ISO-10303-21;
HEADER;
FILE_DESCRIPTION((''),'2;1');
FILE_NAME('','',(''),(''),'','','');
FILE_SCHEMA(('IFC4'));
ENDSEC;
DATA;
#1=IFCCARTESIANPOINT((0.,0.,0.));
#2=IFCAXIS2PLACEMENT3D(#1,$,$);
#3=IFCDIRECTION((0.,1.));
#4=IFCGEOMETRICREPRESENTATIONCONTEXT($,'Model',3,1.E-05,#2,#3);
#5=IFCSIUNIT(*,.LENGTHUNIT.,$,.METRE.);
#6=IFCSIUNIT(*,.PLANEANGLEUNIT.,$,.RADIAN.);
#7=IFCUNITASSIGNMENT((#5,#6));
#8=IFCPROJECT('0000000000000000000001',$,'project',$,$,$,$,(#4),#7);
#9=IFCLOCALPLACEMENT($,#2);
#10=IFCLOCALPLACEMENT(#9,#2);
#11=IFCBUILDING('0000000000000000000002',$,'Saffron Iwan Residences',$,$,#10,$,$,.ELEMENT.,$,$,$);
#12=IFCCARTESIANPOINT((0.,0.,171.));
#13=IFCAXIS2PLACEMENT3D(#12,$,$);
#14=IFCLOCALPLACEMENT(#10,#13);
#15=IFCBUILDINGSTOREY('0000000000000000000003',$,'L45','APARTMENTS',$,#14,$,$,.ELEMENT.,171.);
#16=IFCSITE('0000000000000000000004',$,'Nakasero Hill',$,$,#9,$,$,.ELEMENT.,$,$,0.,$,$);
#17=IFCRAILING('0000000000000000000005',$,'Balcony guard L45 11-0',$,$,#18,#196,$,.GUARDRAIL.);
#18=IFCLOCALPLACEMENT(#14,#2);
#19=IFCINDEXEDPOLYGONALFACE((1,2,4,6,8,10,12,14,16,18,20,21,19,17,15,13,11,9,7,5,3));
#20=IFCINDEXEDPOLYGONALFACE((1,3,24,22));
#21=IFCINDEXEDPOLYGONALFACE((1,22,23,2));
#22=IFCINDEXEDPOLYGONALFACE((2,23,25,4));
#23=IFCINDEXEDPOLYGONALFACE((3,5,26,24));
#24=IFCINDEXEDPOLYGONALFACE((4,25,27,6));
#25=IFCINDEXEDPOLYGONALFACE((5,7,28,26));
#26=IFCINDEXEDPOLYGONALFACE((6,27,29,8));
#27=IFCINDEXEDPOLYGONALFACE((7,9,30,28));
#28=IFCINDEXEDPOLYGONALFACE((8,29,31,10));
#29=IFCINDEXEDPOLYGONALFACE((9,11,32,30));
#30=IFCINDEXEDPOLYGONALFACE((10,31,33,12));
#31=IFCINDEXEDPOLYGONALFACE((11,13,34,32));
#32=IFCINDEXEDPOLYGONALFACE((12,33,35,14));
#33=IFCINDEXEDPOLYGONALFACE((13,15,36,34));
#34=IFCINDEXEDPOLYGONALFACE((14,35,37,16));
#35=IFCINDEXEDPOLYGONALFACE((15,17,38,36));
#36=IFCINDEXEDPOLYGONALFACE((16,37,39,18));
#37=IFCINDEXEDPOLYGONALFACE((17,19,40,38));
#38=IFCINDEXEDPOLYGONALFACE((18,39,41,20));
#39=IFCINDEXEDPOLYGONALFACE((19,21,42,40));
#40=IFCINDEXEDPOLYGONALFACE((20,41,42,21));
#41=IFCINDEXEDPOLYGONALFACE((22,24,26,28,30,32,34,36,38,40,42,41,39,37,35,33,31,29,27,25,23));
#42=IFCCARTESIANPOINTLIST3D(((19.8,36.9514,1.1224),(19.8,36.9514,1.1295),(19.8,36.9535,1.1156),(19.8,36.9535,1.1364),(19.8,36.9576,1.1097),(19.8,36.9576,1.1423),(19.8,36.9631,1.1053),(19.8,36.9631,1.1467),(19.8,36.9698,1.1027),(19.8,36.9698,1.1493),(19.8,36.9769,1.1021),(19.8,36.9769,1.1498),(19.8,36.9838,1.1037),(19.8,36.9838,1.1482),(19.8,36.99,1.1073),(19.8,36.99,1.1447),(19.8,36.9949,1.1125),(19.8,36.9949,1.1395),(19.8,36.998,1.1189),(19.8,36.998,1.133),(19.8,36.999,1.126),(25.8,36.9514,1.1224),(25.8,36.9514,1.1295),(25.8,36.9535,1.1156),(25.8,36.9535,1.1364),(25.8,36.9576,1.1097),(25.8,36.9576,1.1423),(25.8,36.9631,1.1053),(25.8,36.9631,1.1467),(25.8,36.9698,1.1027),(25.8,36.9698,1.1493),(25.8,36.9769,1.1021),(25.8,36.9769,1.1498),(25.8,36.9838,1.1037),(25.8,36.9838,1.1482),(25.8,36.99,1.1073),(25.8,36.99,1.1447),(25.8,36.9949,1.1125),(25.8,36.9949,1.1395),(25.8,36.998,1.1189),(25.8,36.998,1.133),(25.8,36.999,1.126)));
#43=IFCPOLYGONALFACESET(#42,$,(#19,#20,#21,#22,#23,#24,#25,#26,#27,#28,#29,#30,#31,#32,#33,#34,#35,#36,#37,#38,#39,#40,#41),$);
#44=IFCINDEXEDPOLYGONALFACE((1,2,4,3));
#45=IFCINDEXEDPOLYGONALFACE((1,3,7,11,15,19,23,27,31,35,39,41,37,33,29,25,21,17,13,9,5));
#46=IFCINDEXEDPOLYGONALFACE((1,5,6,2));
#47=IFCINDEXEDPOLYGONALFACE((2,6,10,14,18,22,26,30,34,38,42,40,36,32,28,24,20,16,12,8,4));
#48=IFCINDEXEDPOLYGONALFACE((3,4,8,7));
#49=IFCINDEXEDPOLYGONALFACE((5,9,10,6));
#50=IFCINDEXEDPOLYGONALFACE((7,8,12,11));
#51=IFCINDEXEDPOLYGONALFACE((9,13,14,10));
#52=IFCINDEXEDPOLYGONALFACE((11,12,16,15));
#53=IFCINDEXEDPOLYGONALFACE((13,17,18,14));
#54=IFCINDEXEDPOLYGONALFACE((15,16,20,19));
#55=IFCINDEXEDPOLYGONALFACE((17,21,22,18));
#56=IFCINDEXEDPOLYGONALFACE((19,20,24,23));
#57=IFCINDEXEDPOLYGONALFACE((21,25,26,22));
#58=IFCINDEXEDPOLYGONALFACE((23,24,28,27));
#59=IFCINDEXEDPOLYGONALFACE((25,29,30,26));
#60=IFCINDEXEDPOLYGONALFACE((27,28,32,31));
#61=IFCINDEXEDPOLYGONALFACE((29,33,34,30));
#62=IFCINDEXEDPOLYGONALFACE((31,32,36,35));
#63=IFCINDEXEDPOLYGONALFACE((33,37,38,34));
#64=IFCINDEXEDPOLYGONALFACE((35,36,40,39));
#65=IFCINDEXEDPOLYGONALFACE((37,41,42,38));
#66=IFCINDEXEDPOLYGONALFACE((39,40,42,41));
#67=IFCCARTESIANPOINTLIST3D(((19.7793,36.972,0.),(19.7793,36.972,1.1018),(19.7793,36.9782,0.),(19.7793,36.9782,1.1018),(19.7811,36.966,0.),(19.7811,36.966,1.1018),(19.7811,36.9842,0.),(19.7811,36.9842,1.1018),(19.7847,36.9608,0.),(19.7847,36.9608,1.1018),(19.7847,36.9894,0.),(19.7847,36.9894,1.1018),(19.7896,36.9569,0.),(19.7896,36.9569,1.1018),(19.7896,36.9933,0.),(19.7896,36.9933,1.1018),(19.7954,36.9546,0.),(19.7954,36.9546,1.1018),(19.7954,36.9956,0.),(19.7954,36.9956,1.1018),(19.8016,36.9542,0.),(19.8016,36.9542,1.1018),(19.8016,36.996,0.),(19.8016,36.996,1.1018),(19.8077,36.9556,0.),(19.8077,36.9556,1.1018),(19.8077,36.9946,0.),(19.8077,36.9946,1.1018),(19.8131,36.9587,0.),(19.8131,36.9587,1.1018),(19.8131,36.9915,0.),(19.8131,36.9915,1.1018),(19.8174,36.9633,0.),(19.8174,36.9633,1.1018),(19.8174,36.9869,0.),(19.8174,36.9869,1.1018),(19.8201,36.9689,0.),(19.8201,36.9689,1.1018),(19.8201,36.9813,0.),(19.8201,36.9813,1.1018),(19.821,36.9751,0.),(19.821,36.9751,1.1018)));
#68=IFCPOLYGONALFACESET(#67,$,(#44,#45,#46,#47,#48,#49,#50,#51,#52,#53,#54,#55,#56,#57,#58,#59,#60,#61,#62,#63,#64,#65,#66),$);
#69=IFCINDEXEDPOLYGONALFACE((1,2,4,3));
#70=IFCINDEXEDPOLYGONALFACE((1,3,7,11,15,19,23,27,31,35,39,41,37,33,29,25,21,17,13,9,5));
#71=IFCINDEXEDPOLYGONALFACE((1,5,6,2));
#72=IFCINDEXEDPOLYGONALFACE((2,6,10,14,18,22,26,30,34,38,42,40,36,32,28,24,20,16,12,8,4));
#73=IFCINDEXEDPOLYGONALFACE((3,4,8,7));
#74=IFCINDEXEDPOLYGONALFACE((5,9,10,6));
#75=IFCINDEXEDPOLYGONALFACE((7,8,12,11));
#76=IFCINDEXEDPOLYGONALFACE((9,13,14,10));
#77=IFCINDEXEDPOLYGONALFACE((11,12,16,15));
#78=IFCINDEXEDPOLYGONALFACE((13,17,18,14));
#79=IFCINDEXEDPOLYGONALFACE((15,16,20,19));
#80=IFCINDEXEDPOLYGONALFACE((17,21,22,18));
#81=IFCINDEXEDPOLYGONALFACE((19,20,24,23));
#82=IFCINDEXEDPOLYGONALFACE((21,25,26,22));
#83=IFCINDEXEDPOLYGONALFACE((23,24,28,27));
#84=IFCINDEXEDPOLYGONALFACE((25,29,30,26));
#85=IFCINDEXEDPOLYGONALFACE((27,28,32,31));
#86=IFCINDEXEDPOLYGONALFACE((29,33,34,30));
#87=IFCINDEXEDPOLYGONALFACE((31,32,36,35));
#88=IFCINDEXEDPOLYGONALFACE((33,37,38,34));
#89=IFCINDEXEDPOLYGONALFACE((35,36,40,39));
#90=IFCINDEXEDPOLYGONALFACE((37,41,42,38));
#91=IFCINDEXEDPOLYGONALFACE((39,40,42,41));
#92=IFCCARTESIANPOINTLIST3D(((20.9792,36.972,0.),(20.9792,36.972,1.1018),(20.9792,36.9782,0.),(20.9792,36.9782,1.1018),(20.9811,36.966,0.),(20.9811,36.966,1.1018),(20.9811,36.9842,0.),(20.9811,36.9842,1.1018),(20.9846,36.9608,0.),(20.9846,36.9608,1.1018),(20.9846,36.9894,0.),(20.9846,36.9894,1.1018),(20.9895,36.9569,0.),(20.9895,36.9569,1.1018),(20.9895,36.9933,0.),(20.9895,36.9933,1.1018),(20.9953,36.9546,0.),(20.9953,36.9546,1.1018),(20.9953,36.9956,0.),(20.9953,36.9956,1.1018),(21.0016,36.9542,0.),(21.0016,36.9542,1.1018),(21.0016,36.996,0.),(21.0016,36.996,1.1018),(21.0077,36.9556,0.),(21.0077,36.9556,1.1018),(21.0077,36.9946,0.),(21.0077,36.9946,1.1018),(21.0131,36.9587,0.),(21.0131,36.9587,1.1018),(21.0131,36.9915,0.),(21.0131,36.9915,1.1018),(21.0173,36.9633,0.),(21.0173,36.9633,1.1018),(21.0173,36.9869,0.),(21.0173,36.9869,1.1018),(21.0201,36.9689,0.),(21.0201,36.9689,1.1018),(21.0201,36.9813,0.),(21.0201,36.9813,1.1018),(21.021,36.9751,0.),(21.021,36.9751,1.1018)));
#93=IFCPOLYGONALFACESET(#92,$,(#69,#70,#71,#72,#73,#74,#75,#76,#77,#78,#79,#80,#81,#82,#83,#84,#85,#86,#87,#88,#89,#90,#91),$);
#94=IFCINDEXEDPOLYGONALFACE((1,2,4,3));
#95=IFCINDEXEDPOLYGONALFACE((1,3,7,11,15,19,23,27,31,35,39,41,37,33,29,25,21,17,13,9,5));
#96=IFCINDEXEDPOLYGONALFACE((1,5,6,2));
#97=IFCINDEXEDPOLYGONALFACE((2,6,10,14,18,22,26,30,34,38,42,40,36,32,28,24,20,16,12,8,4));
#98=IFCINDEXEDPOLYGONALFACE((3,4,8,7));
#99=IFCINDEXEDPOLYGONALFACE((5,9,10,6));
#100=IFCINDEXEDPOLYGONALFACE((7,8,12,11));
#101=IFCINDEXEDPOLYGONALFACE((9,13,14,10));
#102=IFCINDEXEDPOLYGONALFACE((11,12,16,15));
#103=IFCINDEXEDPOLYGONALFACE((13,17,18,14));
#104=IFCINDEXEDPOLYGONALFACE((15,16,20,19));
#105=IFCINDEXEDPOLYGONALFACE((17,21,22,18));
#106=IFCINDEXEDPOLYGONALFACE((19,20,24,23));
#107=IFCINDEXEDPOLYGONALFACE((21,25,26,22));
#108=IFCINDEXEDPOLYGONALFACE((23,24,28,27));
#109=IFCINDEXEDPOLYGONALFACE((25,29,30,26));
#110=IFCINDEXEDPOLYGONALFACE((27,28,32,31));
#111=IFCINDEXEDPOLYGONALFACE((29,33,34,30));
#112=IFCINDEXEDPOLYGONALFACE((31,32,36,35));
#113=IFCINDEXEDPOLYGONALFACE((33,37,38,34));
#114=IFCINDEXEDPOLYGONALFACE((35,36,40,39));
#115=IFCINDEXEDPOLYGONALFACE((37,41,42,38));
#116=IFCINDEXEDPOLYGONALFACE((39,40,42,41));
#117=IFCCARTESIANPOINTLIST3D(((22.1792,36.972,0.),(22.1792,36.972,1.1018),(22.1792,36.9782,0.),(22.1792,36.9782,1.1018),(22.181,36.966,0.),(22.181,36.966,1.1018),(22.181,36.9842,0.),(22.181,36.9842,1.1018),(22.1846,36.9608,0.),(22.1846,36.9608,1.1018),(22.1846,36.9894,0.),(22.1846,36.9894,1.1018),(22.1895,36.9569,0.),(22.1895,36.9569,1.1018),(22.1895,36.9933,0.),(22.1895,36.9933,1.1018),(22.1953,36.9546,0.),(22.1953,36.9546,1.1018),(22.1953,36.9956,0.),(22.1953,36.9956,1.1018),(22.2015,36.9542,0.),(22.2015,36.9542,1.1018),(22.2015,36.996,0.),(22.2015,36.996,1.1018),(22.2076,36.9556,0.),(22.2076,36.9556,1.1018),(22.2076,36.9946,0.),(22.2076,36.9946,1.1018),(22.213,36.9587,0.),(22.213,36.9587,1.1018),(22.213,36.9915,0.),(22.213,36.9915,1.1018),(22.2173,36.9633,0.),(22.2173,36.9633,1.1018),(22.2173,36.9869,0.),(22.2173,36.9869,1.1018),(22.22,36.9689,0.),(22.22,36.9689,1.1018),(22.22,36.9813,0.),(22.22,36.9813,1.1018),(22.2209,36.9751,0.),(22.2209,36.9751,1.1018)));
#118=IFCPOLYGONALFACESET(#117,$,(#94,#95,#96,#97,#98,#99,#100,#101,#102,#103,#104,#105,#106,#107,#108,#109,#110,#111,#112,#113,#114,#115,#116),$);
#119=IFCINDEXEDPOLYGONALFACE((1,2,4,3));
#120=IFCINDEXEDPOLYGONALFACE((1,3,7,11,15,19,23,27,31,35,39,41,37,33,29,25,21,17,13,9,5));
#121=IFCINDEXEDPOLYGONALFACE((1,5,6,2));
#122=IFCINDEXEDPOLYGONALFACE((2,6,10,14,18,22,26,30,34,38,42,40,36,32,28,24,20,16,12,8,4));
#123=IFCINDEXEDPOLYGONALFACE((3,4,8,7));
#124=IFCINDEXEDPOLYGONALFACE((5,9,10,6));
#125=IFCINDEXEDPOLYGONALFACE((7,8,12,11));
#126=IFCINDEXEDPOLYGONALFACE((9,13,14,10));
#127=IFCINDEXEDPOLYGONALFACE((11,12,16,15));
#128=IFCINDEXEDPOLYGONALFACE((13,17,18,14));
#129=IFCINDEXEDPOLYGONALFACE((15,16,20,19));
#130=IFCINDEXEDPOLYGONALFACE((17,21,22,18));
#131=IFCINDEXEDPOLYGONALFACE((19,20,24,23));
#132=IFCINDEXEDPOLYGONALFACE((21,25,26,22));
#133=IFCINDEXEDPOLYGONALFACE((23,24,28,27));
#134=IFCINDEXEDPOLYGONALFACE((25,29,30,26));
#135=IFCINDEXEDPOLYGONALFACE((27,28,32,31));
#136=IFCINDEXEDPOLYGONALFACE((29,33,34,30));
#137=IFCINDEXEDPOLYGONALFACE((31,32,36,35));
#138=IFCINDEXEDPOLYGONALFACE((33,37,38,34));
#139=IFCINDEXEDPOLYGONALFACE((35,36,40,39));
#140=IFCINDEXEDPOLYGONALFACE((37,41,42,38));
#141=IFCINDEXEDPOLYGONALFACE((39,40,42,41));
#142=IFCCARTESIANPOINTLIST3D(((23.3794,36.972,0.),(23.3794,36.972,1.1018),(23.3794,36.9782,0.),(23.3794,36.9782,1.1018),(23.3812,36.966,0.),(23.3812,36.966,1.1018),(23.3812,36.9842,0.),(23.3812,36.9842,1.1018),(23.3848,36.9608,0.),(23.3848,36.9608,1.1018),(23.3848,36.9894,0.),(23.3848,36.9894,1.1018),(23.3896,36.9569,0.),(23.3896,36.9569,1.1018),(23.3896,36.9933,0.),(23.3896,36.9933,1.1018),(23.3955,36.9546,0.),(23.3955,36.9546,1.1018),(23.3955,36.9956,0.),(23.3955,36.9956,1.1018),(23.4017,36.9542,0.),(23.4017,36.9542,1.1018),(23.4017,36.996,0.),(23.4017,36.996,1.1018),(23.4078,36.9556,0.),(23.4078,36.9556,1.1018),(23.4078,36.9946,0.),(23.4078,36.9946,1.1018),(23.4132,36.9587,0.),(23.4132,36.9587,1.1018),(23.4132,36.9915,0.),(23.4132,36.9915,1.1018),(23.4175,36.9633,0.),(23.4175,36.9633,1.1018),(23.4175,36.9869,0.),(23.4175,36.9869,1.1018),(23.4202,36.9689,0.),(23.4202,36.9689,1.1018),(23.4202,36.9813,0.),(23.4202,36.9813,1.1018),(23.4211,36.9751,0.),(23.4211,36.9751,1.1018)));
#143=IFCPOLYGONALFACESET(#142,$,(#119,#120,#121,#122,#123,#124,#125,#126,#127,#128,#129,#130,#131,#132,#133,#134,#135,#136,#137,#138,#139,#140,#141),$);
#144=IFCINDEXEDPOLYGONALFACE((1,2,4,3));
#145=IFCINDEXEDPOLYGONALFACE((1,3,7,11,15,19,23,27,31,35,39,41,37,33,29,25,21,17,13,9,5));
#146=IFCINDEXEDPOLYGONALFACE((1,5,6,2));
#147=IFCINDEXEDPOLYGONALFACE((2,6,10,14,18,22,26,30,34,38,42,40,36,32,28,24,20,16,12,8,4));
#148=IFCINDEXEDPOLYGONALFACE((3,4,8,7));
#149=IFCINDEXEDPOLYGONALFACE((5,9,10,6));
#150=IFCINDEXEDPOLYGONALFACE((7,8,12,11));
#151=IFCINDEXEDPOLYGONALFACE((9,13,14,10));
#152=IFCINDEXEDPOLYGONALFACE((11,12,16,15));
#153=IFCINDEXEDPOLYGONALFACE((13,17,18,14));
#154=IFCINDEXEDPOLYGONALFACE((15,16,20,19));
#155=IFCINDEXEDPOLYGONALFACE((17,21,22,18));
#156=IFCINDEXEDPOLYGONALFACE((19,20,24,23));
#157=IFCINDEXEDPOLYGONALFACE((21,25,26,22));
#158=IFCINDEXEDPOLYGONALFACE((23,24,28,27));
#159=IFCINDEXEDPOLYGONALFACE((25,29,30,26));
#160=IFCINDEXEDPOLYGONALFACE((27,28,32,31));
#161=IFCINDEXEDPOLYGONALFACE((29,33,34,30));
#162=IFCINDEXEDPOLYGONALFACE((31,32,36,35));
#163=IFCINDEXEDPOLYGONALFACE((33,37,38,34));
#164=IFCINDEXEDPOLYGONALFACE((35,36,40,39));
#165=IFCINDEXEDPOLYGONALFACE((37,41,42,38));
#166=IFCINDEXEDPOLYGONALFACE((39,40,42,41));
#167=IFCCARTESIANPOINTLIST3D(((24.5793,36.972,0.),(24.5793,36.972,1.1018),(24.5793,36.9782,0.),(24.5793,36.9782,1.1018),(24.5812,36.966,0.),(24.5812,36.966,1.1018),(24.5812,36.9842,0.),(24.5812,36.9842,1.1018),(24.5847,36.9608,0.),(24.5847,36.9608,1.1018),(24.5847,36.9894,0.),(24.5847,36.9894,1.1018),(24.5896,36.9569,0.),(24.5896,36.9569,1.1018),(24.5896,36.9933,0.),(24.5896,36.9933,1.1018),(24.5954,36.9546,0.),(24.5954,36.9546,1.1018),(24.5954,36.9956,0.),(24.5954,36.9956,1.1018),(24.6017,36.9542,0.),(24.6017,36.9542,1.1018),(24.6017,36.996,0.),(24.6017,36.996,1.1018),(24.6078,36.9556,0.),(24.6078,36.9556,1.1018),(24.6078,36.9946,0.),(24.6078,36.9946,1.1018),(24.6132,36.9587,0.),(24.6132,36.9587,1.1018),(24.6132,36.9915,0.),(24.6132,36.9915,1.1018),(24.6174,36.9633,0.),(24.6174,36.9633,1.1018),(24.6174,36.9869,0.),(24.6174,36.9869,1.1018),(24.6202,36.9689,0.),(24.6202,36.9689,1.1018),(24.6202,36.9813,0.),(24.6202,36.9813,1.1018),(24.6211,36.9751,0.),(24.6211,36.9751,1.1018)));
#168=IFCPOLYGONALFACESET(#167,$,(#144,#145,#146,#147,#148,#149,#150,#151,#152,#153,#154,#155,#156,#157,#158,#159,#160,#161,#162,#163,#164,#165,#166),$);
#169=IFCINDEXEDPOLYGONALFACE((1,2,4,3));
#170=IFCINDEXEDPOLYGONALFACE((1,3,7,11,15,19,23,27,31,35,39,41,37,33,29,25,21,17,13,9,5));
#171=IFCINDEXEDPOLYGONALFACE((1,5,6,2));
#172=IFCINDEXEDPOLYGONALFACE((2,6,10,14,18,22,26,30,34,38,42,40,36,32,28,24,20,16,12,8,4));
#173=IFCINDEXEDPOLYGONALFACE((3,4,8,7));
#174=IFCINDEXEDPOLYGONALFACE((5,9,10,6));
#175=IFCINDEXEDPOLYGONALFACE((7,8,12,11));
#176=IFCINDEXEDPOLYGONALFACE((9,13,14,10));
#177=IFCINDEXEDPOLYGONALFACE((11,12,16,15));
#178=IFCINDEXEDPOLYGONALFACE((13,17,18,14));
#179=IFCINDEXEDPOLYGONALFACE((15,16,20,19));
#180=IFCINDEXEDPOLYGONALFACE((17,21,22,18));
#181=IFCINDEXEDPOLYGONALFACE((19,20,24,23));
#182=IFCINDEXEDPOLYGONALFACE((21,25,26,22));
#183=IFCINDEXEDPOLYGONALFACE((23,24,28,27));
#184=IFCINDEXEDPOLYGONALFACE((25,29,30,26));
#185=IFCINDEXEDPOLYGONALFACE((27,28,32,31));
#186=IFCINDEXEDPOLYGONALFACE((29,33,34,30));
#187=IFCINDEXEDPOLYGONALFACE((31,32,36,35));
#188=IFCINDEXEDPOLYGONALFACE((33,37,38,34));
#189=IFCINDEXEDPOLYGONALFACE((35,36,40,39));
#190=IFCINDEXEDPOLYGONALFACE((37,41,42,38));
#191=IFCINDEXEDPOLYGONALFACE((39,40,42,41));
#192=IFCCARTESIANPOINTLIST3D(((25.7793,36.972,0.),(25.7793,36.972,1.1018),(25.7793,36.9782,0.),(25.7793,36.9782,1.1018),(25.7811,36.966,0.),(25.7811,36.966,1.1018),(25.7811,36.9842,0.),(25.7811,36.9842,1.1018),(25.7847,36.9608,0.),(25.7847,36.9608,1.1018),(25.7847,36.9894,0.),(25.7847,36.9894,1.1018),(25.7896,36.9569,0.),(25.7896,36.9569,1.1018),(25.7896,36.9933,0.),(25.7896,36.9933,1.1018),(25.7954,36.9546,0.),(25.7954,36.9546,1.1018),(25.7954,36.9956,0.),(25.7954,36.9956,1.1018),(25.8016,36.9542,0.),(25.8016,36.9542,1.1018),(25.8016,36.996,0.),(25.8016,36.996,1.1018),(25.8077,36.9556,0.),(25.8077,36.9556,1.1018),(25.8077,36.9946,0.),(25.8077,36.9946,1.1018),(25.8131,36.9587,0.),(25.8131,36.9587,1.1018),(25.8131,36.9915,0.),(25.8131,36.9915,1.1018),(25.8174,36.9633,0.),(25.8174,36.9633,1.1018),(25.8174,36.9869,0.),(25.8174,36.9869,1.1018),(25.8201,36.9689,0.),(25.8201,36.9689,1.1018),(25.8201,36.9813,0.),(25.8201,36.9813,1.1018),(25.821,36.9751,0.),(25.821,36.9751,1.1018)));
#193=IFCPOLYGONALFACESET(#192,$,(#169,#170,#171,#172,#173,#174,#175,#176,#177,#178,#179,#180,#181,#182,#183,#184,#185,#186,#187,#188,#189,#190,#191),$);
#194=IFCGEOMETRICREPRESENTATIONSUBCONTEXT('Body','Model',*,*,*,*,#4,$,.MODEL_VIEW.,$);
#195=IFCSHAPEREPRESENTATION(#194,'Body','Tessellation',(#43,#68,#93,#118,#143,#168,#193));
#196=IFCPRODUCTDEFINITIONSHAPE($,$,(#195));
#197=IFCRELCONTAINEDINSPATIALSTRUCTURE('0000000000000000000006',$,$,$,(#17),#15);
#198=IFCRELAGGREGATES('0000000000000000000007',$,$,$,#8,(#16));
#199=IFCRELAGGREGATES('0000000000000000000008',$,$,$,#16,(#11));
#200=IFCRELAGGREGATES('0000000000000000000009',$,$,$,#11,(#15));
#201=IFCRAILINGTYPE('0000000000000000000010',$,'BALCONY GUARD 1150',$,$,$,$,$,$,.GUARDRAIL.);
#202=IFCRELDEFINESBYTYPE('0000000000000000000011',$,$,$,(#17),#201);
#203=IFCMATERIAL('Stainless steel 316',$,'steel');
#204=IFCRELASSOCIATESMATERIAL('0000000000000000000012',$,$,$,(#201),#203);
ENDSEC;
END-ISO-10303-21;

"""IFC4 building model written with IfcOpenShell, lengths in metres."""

from ifc_helpers import new_model, si_unit, direction, frame, origin, origin_2d, place, context, subcontext, project, spatial, circle, extrude, material, type_object, element, save


model = new_model("IFC4")

# Units and contexts
model_context = context("Model", 3, precision=1e-05, world=origin(), true_north=direction((0.0, 1.0)))
body_context = subcontext(model_context, "Body", "Model", "MODEL_VIEW")
ifc_project = project(units=[si_unit("LENGTHUNIT", "METRE"), si_unit("PLANEANGLEUNIT", "RADIAN")], contexts=[model_context])

# Site, building, storey
site_placement = place(None, origin())
site = spatial("IfcSite", under=ifc_project, at=site_placement, Name="Nakasero Hill", CompositionType="ELEMENT", RefElevation=0.0)
building_placement = place(site_placement, origin())
building = spatial("IfcBuilding", under=site, at=building_placement, Name="Saffron Iwan Residences", CompositionType="ELEMENT")
storey_placement = place(building_placement, frame((0.0, 0.0, 171.0)))
storey = spatial("IfcBuildingStorey", under=building, at=storey_placement, Name="L45", Description="APARTMENTS", CompositionType="ELEMENT", Elevation=171.0)

# Railing
ifc_material_1 = material(Name="Stainless steel 316", Category="steel")
railing_type = type_object("IfcRailingType", Name="BALCONY GUARD 1150", PredefinedType="GUARDRAIL", material=ifc_material_1)
railing_placement = place(storey_placement, frame((19.8, 36.9751, 0.0)))
element("IfcRailing", 1, at=railing_placement, inside=storey, type_object=railing_type, Name="Balcony guard L45 11-0", PredefinedType="GUARDRAIL", context=body_context, shape_type="SweptSolid", body=[
    extrude(circle(Radius=0.0239, at=origin_2d()), frame((0.0, 0.0, 1.126), z_axis=(1.0, 0.0, 0.0), x_axis=(0.0, 1.0, 0.0)), (0.0, 0.0, 1.0), 6.0),
    extrude(circle(Radius=0.021, at=origin_2d()), origin(), (0.0, 0.0, 1.0), 1.1018),
    extrude(circle(Radius=0.021, at=origin_2d()), frame((1.2, 0.0, 0.0)), (0.0, 0.0, 1.0), 1.1018),
    extrude(circle(Radius=0.021, at=origin_2d()), frame((2.3999, 0.0, 0.0)), (0.0, 0.0, 1.0), 1.1018),
    extrude(circle(Radius=0.021, at=origin_2d()), frame((3.6001, 0.0, 0.0)), (0.0, 0.0, 1.0), 1.1018),
    extrude(circle(Radius=0.021, at=origin_2d()), frame((4.8, 0.0, 0.0)), (0.0, 0.0, 1.0), 1.1018),
    extrude(circle(Radius=0.021, at=origin_2d()), frame((6.0, 0.0, 0.0)), (0.0, 0.0, 1.0), 1.1018),
])

save(model, "model.ifc")
